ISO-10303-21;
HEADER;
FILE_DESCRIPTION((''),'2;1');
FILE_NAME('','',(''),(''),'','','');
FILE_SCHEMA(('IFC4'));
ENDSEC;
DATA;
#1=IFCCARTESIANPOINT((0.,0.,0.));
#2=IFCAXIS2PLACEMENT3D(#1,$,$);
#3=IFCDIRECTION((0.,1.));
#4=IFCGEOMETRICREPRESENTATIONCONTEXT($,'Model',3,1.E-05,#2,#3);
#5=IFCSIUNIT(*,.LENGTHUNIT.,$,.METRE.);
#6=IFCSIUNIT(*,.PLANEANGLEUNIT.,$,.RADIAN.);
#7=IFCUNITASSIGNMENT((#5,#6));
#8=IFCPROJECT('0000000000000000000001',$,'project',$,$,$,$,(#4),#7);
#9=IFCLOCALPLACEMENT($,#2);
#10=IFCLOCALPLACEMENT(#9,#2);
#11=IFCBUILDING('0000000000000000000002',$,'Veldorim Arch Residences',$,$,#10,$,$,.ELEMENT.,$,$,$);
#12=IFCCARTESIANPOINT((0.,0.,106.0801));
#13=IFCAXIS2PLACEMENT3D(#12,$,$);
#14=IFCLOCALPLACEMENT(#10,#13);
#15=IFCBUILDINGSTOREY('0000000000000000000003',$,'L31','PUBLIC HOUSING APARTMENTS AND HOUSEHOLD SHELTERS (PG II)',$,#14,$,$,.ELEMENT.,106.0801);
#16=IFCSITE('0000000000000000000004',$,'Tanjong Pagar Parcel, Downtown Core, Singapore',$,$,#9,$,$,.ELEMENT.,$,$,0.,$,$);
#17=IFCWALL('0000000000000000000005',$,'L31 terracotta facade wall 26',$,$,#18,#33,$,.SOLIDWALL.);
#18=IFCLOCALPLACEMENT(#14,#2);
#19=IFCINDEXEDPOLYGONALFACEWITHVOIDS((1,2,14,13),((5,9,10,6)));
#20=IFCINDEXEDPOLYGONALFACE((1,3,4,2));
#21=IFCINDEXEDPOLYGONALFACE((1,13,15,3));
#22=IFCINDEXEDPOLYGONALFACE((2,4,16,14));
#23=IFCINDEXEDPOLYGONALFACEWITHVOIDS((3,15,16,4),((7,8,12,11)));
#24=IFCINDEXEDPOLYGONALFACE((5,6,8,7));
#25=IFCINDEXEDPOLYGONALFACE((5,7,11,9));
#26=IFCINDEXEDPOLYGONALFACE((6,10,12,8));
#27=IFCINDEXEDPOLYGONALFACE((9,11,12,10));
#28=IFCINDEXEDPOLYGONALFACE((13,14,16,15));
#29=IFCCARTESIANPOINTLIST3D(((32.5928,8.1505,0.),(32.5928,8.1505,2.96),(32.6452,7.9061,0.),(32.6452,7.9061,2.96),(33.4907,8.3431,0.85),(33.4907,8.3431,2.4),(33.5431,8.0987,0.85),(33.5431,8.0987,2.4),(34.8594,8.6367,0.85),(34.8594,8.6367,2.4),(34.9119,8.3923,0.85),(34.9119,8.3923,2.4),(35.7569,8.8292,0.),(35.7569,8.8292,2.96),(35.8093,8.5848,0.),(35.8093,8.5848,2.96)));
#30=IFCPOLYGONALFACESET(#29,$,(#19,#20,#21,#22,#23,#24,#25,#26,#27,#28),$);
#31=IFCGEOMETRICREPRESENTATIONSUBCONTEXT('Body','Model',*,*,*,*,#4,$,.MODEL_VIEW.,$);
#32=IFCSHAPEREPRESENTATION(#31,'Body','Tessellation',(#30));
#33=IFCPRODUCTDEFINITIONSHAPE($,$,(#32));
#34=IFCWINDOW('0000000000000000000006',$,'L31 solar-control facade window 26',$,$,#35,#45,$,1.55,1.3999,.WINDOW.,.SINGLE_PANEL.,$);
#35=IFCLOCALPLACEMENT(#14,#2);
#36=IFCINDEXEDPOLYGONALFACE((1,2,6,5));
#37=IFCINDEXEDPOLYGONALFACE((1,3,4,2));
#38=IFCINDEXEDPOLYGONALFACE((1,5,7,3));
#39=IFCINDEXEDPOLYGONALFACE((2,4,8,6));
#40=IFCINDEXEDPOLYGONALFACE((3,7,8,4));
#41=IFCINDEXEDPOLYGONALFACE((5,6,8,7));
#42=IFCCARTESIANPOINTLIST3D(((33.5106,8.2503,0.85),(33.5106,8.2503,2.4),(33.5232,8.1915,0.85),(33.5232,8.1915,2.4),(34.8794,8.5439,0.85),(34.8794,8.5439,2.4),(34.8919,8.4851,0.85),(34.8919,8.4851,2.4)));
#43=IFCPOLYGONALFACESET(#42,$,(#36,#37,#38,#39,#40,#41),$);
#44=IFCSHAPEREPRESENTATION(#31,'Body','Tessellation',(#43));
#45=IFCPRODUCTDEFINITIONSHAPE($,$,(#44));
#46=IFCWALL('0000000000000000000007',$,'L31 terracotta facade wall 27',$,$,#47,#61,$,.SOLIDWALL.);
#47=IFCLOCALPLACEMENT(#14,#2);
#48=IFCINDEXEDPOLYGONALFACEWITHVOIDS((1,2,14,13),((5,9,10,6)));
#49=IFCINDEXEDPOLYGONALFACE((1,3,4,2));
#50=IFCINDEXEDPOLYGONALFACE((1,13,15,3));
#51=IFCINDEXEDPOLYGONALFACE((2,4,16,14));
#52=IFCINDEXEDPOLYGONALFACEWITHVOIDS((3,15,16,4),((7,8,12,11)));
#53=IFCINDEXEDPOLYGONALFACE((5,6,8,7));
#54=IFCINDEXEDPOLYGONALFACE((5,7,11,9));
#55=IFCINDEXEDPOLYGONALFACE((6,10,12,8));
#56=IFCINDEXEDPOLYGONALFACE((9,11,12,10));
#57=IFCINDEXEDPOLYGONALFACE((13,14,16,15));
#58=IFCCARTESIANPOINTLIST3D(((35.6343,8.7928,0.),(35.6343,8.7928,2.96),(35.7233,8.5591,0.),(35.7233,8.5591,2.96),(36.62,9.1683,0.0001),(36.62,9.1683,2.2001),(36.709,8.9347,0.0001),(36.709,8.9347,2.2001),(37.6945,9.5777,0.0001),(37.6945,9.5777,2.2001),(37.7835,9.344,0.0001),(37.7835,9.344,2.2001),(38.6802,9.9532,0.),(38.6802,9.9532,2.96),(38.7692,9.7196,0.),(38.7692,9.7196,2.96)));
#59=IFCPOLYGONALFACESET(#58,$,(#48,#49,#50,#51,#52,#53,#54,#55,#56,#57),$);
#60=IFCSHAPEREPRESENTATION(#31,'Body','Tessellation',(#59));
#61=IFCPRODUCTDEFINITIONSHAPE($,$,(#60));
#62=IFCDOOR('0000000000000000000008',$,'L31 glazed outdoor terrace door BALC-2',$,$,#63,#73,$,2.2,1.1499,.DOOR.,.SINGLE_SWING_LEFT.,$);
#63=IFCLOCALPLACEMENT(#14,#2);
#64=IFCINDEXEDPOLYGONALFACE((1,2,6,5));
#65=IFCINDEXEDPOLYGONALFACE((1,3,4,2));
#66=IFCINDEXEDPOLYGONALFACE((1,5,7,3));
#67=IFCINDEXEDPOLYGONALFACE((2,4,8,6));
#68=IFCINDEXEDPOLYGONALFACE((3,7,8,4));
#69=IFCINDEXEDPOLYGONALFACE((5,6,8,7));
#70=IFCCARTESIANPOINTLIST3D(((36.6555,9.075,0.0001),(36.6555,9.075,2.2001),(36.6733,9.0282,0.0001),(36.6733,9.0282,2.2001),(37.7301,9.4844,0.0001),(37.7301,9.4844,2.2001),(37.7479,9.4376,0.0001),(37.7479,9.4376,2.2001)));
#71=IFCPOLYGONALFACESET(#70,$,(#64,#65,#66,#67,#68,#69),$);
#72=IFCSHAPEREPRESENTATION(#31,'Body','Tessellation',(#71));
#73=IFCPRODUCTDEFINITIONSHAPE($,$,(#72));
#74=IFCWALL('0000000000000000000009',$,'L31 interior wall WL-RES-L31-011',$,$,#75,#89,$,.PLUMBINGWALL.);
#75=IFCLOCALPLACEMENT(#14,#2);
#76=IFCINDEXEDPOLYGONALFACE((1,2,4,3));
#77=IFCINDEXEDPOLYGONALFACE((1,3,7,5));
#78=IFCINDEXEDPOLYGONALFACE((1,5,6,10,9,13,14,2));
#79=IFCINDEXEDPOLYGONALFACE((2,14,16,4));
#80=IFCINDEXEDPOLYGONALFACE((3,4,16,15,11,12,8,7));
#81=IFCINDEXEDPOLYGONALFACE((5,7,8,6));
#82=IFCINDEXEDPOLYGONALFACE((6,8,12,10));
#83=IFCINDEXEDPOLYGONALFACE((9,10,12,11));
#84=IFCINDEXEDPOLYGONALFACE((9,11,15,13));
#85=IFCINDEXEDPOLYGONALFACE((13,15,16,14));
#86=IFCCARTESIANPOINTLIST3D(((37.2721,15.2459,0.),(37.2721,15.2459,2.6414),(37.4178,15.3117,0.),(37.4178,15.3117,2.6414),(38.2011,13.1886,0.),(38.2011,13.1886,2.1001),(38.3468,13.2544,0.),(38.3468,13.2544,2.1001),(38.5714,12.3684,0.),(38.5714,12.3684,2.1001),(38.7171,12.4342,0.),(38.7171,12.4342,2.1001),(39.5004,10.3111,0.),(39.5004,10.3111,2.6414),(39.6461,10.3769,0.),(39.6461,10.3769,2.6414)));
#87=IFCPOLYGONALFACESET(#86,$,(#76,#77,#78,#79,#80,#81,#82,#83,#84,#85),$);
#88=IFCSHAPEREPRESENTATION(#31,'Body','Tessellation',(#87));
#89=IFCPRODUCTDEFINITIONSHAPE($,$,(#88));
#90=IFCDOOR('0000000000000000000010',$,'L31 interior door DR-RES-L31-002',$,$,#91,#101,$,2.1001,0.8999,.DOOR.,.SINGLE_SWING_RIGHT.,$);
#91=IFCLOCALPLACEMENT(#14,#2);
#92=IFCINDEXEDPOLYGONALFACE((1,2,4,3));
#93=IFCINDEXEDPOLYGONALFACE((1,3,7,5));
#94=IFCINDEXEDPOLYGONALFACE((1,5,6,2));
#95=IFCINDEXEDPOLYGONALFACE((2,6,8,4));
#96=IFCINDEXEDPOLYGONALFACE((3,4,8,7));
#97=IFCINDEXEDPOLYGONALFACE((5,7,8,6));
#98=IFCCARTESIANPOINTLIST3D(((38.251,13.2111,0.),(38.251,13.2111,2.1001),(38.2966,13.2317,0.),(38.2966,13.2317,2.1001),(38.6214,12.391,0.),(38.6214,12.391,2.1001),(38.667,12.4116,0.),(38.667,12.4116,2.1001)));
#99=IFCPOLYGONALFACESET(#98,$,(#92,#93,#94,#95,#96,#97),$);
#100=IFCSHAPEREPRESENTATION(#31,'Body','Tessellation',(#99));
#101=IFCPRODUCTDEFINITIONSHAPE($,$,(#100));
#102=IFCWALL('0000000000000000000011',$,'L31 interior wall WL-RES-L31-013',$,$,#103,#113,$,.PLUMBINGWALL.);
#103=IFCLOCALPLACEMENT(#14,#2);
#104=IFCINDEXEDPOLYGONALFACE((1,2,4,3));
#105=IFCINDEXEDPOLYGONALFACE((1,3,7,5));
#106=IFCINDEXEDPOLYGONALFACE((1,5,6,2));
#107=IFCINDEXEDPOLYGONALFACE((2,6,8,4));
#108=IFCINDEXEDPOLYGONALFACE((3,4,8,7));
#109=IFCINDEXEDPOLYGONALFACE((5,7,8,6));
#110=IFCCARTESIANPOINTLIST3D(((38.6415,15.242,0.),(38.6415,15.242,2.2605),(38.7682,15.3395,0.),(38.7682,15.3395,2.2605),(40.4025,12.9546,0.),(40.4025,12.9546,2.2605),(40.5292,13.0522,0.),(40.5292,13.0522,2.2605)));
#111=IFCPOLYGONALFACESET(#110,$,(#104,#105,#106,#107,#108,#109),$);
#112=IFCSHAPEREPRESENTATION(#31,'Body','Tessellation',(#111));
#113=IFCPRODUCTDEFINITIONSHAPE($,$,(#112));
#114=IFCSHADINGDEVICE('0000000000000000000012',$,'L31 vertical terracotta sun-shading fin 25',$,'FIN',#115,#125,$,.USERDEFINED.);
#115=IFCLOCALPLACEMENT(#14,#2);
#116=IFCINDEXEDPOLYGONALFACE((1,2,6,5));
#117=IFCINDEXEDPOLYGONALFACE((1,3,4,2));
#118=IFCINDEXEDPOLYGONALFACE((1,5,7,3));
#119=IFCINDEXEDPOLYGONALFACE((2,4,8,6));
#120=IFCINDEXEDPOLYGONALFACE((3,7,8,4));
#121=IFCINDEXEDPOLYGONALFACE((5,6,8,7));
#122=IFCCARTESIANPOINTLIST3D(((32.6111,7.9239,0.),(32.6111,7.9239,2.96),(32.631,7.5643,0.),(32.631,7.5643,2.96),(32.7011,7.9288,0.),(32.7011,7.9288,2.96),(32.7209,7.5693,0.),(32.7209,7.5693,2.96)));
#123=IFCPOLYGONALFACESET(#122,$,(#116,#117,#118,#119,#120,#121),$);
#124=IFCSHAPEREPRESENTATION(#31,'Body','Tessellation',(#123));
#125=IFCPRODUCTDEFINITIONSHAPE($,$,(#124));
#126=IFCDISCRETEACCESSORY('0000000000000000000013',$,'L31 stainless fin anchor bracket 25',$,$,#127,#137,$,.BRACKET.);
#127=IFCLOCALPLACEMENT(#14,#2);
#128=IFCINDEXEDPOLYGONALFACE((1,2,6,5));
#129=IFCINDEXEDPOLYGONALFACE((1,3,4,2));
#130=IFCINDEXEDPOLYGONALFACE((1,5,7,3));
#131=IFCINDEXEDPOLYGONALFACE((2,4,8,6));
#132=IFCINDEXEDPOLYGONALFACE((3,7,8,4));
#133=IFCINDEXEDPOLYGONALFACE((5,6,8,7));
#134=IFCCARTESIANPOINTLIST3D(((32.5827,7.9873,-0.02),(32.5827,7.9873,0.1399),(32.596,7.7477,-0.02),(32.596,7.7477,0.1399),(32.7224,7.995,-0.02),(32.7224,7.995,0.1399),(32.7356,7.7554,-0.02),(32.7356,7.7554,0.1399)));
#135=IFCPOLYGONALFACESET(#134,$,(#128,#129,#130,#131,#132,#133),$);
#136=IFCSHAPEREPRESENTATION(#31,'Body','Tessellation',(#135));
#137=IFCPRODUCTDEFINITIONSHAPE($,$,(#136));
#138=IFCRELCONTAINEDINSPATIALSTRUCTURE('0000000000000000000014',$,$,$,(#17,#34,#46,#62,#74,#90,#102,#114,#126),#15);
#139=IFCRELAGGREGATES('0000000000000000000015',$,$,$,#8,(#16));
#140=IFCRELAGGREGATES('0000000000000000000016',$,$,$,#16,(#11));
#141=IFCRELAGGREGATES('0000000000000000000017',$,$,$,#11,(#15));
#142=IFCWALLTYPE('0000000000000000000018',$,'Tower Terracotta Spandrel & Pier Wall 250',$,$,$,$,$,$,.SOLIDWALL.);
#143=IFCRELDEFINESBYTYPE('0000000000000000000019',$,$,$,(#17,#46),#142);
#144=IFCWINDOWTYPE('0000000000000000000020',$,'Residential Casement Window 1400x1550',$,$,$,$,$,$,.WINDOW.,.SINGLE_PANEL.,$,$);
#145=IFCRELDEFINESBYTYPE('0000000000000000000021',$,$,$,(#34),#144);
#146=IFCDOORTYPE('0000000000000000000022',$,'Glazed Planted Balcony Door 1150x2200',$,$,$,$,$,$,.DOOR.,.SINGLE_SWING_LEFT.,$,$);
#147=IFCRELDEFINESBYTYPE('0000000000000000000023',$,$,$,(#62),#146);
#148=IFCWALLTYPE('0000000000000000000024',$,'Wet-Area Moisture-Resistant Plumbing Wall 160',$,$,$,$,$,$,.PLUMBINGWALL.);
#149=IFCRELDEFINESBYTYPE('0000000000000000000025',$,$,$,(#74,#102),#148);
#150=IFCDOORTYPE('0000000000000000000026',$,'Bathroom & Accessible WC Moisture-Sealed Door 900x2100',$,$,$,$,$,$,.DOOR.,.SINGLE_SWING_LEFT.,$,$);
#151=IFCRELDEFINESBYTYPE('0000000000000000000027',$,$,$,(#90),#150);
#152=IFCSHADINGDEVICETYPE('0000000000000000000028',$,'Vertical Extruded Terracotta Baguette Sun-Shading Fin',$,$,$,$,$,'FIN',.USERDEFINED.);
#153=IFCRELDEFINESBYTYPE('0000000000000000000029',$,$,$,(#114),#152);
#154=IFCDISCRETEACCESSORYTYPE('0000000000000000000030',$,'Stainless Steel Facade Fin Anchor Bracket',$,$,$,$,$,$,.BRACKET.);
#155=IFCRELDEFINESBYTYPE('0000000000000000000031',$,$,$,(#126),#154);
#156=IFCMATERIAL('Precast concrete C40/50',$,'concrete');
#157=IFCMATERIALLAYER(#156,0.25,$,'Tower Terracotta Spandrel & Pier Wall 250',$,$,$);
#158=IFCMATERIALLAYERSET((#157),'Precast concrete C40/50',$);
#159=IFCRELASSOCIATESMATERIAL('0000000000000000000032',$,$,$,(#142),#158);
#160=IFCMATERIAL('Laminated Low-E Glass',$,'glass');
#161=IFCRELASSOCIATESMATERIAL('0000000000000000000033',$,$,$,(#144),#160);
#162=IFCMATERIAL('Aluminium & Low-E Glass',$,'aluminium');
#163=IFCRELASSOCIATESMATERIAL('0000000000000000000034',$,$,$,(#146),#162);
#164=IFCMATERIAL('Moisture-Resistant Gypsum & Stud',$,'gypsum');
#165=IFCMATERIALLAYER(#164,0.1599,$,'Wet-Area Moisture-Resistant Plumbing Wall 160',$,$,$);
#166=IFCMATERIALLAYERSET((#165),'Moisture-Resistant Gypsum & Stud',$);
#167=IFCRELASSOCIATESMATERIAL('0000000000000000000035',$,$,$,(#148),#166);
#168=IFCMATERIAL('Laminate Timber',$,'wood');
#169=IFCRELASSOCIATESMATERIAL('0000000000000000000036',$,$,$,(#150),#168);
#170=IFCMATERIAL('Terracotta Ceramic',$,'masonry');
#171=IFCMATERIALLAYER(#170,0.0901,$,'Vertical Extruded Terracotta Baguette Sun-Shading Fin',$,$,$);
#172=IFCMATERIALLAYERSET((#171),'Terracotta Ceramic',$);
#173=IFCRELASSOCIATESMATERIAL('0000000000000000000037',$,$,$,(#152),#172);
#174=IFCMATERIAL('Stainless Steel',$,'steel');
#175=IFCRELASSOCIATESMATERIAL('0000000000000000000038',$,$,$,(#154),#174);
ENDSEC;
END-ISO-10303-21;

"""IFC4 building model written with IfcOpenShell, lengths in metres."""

from ifc_helpers import new_model, si_unit, direction, frame, frame_2d, origin, origin_2d, place, context, subcontext, project, spatial, rectangle, extrude, material, layer, layer_set, type_object, element, fill, save


model = new_model("IFC4")

# Units and contexts
model_context = context("Model", 3, precision=1e-05, world=origin(), true_north=direction((0.0, 1.0)))
body_context = subcontext(model_context, "Body", "Model", "MODEL_VIEW")
ifc_project = project(units=[si_unit("LENGTHUNIT", "METRE"), si_unit("PLANEANGLEUNIT", "RADIAN")], contexts=[model_context])

# Site, building, storey
site_placement = place(None, origin())
site = spatial("IfcSite", under=ifc_project, at=site_placement, Name="Tanjong Pagar Parcel, Downtown Core, Singapore", CompositionType="ELEMENT", RefElevation=0.0)
building_placement = place(site_placement, origin())
building = spatial("IfcBuilding", under=site, at=building_placement, Name="Veldorim Arch Residences", CompositionType="ELEMENT")
storey_placement = place(building_placement, frame((0.0, 0.0, 106.0801)))
storey = spatial("IfcBuildingStorey", under=building, at=storey_placement, Name="L31", Description="PUBLIC HOUSING APARTMENTS AND HOUSEHOLD SHELTERS (PG II)", CompositionType="ELEMENT", Elevation=106.0801)

# Wall, opening, window
ifc_material_1 = material(Name="Precast concrete C40/50", Category="concrete")
ifc_layer_1 = layer(ifc_material_1, 0.25, Name="Tower Terracotta Spandrel & Pier Wall 250")
ifc_layer_set_1 = layer_set([ifc_layer_1], Name="Precast concrete C40/50")
wall_type_1 = type_object("IfcWallType", Name="Tower Terracotta Spandrel & Pier Wall 250", PredefinedType="SOLIDWALL", material=ifc_layer_set_1)
wall_1_placement = place(storey_placement, frame((35.7832, 8.707, 0.0), z_axis=(0.0, 0.0, 1.0), x_axis=(-0.977758, -0.209735, 0.0)))
wall_1 = element("IfcWall", 1, at=wall_1_placement, inside=storey, type_object=wall_type_1, Name="L31 terracotta facade wall 26", PredefinedType="SOLIDWALL", context=body_context, shape_type="SweptSolid", body=[
    extrude(rectangle(XDim=3.2361, YDim=0.25, at=frame_2d((1.6182, 0.0))), origin(), (0.0, 0.0, 1.0), 2.96),
])
opening_1_placement = place(wall_1_placement, frame((0.918, 0.0, 0.8501)))
opening_1 = element("IfcOpeningElement", 2, at=opening_1_placement, cuts=wall_1, PredefinedType="OPENING", context=body_context, shape_type="SweptSolid", body=[
    extrude(rectangle(XDim=1.3999, YDim=1.55, at=frame_2d((0.7, 0.7749))), frame((0.0, 0.135, 0.0), z_axis=(0.0, -1.0, 0.0), x_axis=(1.0, 0.0, 0.0)), (0.0, 0.0, 1.0), 0.27),
])
ifc_material_2 = material(Name="Laminated Low-E Glass", Category="glass")
window_type = type_object("IfcWindowType", Name="Residential Casement Window 1400x1550", PartitioningType="SINGLE_PANEL", PredefinedType="WINDOW", material=ifc_material_2)
window_placement = place(opening_1_placement, origin())
window = element("IfcWindow", 3, at=window_placement, inside=storey, type_object=window_type, Name="L31 solar-control facade window 26", OverallHeight=1.55, OverallWidth=1.3999, PartitioningType="SINGLE_PANEL", PredefinedType="WINDOW", context=body_context, shape_type="SweptSolid", body=[
    extrude(rectangle(XDim=1.3999, YDim=1.55, at=frame_2d((0.7, 0.7749))), frame((0.0, 0.03, 0.0), z_axis=(0.0, -1.0, 0.0), x_axis=(1.0, 0.0, 0.0)), (0.0, 0.0, 1.0), 0.0601),
])
fill(opening_1, window)

# Walls, openings, doors
wall_2_placement = place(storey_placement, frame((38.7249, 9.8364, 0.0), z_axis=(0.0, 0.0, 1.0), x_axis=(-0.934482, -0.356011, 0.0)))
wall_2 = element("IfcWall", 4, at=wall_2_placement, inside=storey, type_object=wall_type_1, Name="L31 terracotta facade wall 27", PredefinedType="SOLIDWALL", context=body_context, shape_type="SweptSolid", body=[
    extrude(rectangle(XDim=3.2595, YDim=0.25, at=frame_2d((1.6299, 0.0))), origin(), (0.0, 0.0, 1.0), 2.96),
])
opening_2_placement = place(wall_2_placement, frame((1.0549, 0.0, 0.0)))
opening_2 = element("IfcOpeningElement", 5, at=opening_2_placement, cuts=wall_2, PredefinedType="OPENING", context=body_context, shape_type="SweptSolid", body=[
    extrude(rectangle(XDim=1.1499, YDim=2.2, at=frame_2d((0.575, 1.1001))), frame((0.0, 0.135, 0.0), z_axis=(0.0, -1.0, 0.0), x_axis=(1.0, 0.0, 0.0)), (0.0, 0.0, 1.0), 0.27),
])
ifc_material_3 = material(Name="Aluminium & Low-E Glass", Category="aluminium")
door_type_1 = type_object("IfcDoorType", Name="Glazed Planted Balcony Door 1150x2200", OperationType="SINGLE_SWING_LEFT", PredefinedType="DOOR", material=ifc_material_3)
door_1_placement = place(opening_2_placement, origin())
door_1 = element("IfcDoor", 6, at=door_1_placement, inside=storey, type_object=door_type_1, Name="L31 glazed outdoor terrace door BALC-2", OperationType="SINGLE_SWING_LEFT", OverallHeight=2.2, OverallWidth=1.1499, PredefinedType="DOOR", context=body_context, shape_type="SweptSolid", body=[
    extrude(rectangle(XDim=1.1499, YDim=2.2, at=frame_2d((0.575, 1.1001))), frame((0.0, 0.0249, 0.0), z_axis=(0.0, -1.0, 0.0), x_axis=(1.0, 0.0, 0.0)), (0.0, 0.0, 1.0), 0.05),
])
fill(opening_2, door_1)
ifc_material_4 = material(Name="Moisture-Resistant Gypsum & Stud", Category="gypsum")
ifc_layer_2 = layer(ifc_material_4, 0.1599, Name="Wet-Area Moisture-Resistant Plumbing Wall 160")
ifc_layer_set_2 = layer_set([ifc_layer_2], Name="Moisture-Resistant Gypsum & Stud")
wall_type_2 = type_object("IfcWallType", Name="Wet-Area Moisture-Resistant Plumbing Wall 160", PredefinedType="PLUMBINGWALL", material=ifc_layer_set_2)
wall_3_placement = place(storey_placement, frame((37.345, 15.2788, 0.0), z_axis=(0.0, 0.0, 1.0), x_axis=(0.411532, -0.911395, 0.0)))
wall_3 = element("IfcWall", 7, at=wall_3_placement, inside=storey, type_object=wall_type_2, Name="L31 interior wall WL-RES-L31-011", PredefinedType="PLUMBINGWALL", context=body_context, shape_type="SweptSolid", body=[
    extrude(rectangle(XDim=5.4146, YDim=0.1599, at=frame_2d((2.7073, 0.0))), origin(), (0.0, 0.0, 1.0), 2.6414),
])
opening_3_placement = place(wall_3_placement, frame((2.2573, 0.0, 0.0)))
opening_3 = element("IfcOpeningElement", 8, at=opening_3_placement, cuts=wall_3, PredefinedType="OPENING", context=body_context, shape_type="SweptSolid", body=[
    extrude(rectangle(XDim=0.8999, YDim=2.1001, at=frame_2d((0.45, 1.05))), frame((0.0, 0.0898, 0.0), z_axis=(0.0, -1.0, 0.0), x_axis=(1.0, 0.0, 0.0)), (0.0, 0.0, 1.0), 0.1799),
])
ifc_material_5 = material(Name="Laminate Timber", Category="wood")
door_type_2 = type_object("IfcDoorType", Name="Bathroom & Accessible WC Moisture-Sealed Door 900x2100", OperationType="SINGLE_SWING_LEFT", PredefinedType="DOOR", material=ifc_material_5)
door_2_placement = place(opening_3_placement, origin())
door_2 = element("IfcDoor", 9, at=door_2_placement, inside=storey, type_object=door_type_2, Name="L31 interior door DR-RES-L31-002", OperationType="SINGLE_SWING_RIGHT", OverallHeight=2.1001, OverallWidth=0.8999, PredefinedType="DOOR", context=body_context, shape_type="SweptSolid", body=[
    extrude(rectangle(XDim=0.8999, YDim=2.1001, at=frame_2d((0.45, 1.05))), frame((0.0, 0.0249, 0.0), z_axis=(0.0, -1.0, 0.0), x_axis=(1.0, 0.0, 0.0)), (0.0, 0.0, 1.0), 0.05),
])
fill(opening_3, door_2)

# Wall
wall_4_placement = place(storey_placement, frame((38.7048, 15.2908, 0.0), z_axis=(0.0, 0.0, 1.0), x_axis=(0.610034, -0.792376, 0.0)))
element("IfcWall", 10, at=wall_4_placement, inside=storey, type_object=wall_type_2, Name="L31 interior wall WL-RES-L31-013", PredefinedType="PLUMBINGWALL", context=body_context, shape_type="SweptSolid", body=[
    extrude(rectangle(XDim=2.8867, YDim=0.1599, at=frame_2d((1.4434, 0.0))), origin(), (0.0, 0.0, 1.0), 2.2605),
])

# Shading device
ifc_material_6 = material(Name="Terracotta Ceramic", Category="masonry")
ifc_layer_3 = layer(ifc_material_6, 0.0901, Name="Vertical Extruded Terracotta Baguette Sun-Shading Fin")
ifc_layer_set_3 = layer_set([ifc_layer_3], Name="Terracotta Ceramic")
shading_device_type = type_object("IfcShadingDeviceType", Name="Vertical Extruded Terracotta Baguette Sun-Shading Fin", ElementType="FIN", PredefinedType="USERDEFINED", material=ifc_layer_set_3)
shading_device_placement = place(storey_placement, frame((32.666, 7.7466, 0.0), z_axis=(0.0, 0.0, 1.0), x_axis=(-0.998479, -0.055124, 0.0)))
element("IfcShadingDevice", 11, at=shading_device_placement, inside=storey, type_object=shading_device_type, Name="L31 vertical terracotta sun-shading fin 25", ObjectType="FIN", PredefinedType="USERDEFINED", context=body_context, shape_type="SweptSolid", body=[
    extrude(rectangle(XDim=0.0901, YDim=0.3601, at=origin_2d()), origin(), (0.0, 0.0, 1.0), 2.96),
])

# Discrete accessory
ifc_material_7 = material(Name="Stainless Steel", Category="steel")
discrete_accessory_type = type_object("IfcDiscreteAccessoryType", Name="Stainless Steel Facade Fin Anchor Bracket", PredefinedType="BRACKET", material=ifc_material_7)
discrete_accessory_placement = place(storey_placement, frame((32.6592, 7.8713, -0.02), z_axis=(0.0, 0.0, 1.0), x_axis=(-0.998479, -0.055124, 0.0)))
element("IfcDiscreteAccessory", 12, at=discrete_accessory_placement, inside=storey, type_object=discrete_accessory_type, Name="L31 stainless fin anchor bracket 25", PredefinedType="BRACKET", context=body_context, shape_type="SweptSolid", body=[
    extrude(rectangle(XDim=0.1399, YDim=0.24, at=origin_2d()), origin(), (0.0, 0.0, 1.0), 0.1599),
])

save(model, "model.ifc")
